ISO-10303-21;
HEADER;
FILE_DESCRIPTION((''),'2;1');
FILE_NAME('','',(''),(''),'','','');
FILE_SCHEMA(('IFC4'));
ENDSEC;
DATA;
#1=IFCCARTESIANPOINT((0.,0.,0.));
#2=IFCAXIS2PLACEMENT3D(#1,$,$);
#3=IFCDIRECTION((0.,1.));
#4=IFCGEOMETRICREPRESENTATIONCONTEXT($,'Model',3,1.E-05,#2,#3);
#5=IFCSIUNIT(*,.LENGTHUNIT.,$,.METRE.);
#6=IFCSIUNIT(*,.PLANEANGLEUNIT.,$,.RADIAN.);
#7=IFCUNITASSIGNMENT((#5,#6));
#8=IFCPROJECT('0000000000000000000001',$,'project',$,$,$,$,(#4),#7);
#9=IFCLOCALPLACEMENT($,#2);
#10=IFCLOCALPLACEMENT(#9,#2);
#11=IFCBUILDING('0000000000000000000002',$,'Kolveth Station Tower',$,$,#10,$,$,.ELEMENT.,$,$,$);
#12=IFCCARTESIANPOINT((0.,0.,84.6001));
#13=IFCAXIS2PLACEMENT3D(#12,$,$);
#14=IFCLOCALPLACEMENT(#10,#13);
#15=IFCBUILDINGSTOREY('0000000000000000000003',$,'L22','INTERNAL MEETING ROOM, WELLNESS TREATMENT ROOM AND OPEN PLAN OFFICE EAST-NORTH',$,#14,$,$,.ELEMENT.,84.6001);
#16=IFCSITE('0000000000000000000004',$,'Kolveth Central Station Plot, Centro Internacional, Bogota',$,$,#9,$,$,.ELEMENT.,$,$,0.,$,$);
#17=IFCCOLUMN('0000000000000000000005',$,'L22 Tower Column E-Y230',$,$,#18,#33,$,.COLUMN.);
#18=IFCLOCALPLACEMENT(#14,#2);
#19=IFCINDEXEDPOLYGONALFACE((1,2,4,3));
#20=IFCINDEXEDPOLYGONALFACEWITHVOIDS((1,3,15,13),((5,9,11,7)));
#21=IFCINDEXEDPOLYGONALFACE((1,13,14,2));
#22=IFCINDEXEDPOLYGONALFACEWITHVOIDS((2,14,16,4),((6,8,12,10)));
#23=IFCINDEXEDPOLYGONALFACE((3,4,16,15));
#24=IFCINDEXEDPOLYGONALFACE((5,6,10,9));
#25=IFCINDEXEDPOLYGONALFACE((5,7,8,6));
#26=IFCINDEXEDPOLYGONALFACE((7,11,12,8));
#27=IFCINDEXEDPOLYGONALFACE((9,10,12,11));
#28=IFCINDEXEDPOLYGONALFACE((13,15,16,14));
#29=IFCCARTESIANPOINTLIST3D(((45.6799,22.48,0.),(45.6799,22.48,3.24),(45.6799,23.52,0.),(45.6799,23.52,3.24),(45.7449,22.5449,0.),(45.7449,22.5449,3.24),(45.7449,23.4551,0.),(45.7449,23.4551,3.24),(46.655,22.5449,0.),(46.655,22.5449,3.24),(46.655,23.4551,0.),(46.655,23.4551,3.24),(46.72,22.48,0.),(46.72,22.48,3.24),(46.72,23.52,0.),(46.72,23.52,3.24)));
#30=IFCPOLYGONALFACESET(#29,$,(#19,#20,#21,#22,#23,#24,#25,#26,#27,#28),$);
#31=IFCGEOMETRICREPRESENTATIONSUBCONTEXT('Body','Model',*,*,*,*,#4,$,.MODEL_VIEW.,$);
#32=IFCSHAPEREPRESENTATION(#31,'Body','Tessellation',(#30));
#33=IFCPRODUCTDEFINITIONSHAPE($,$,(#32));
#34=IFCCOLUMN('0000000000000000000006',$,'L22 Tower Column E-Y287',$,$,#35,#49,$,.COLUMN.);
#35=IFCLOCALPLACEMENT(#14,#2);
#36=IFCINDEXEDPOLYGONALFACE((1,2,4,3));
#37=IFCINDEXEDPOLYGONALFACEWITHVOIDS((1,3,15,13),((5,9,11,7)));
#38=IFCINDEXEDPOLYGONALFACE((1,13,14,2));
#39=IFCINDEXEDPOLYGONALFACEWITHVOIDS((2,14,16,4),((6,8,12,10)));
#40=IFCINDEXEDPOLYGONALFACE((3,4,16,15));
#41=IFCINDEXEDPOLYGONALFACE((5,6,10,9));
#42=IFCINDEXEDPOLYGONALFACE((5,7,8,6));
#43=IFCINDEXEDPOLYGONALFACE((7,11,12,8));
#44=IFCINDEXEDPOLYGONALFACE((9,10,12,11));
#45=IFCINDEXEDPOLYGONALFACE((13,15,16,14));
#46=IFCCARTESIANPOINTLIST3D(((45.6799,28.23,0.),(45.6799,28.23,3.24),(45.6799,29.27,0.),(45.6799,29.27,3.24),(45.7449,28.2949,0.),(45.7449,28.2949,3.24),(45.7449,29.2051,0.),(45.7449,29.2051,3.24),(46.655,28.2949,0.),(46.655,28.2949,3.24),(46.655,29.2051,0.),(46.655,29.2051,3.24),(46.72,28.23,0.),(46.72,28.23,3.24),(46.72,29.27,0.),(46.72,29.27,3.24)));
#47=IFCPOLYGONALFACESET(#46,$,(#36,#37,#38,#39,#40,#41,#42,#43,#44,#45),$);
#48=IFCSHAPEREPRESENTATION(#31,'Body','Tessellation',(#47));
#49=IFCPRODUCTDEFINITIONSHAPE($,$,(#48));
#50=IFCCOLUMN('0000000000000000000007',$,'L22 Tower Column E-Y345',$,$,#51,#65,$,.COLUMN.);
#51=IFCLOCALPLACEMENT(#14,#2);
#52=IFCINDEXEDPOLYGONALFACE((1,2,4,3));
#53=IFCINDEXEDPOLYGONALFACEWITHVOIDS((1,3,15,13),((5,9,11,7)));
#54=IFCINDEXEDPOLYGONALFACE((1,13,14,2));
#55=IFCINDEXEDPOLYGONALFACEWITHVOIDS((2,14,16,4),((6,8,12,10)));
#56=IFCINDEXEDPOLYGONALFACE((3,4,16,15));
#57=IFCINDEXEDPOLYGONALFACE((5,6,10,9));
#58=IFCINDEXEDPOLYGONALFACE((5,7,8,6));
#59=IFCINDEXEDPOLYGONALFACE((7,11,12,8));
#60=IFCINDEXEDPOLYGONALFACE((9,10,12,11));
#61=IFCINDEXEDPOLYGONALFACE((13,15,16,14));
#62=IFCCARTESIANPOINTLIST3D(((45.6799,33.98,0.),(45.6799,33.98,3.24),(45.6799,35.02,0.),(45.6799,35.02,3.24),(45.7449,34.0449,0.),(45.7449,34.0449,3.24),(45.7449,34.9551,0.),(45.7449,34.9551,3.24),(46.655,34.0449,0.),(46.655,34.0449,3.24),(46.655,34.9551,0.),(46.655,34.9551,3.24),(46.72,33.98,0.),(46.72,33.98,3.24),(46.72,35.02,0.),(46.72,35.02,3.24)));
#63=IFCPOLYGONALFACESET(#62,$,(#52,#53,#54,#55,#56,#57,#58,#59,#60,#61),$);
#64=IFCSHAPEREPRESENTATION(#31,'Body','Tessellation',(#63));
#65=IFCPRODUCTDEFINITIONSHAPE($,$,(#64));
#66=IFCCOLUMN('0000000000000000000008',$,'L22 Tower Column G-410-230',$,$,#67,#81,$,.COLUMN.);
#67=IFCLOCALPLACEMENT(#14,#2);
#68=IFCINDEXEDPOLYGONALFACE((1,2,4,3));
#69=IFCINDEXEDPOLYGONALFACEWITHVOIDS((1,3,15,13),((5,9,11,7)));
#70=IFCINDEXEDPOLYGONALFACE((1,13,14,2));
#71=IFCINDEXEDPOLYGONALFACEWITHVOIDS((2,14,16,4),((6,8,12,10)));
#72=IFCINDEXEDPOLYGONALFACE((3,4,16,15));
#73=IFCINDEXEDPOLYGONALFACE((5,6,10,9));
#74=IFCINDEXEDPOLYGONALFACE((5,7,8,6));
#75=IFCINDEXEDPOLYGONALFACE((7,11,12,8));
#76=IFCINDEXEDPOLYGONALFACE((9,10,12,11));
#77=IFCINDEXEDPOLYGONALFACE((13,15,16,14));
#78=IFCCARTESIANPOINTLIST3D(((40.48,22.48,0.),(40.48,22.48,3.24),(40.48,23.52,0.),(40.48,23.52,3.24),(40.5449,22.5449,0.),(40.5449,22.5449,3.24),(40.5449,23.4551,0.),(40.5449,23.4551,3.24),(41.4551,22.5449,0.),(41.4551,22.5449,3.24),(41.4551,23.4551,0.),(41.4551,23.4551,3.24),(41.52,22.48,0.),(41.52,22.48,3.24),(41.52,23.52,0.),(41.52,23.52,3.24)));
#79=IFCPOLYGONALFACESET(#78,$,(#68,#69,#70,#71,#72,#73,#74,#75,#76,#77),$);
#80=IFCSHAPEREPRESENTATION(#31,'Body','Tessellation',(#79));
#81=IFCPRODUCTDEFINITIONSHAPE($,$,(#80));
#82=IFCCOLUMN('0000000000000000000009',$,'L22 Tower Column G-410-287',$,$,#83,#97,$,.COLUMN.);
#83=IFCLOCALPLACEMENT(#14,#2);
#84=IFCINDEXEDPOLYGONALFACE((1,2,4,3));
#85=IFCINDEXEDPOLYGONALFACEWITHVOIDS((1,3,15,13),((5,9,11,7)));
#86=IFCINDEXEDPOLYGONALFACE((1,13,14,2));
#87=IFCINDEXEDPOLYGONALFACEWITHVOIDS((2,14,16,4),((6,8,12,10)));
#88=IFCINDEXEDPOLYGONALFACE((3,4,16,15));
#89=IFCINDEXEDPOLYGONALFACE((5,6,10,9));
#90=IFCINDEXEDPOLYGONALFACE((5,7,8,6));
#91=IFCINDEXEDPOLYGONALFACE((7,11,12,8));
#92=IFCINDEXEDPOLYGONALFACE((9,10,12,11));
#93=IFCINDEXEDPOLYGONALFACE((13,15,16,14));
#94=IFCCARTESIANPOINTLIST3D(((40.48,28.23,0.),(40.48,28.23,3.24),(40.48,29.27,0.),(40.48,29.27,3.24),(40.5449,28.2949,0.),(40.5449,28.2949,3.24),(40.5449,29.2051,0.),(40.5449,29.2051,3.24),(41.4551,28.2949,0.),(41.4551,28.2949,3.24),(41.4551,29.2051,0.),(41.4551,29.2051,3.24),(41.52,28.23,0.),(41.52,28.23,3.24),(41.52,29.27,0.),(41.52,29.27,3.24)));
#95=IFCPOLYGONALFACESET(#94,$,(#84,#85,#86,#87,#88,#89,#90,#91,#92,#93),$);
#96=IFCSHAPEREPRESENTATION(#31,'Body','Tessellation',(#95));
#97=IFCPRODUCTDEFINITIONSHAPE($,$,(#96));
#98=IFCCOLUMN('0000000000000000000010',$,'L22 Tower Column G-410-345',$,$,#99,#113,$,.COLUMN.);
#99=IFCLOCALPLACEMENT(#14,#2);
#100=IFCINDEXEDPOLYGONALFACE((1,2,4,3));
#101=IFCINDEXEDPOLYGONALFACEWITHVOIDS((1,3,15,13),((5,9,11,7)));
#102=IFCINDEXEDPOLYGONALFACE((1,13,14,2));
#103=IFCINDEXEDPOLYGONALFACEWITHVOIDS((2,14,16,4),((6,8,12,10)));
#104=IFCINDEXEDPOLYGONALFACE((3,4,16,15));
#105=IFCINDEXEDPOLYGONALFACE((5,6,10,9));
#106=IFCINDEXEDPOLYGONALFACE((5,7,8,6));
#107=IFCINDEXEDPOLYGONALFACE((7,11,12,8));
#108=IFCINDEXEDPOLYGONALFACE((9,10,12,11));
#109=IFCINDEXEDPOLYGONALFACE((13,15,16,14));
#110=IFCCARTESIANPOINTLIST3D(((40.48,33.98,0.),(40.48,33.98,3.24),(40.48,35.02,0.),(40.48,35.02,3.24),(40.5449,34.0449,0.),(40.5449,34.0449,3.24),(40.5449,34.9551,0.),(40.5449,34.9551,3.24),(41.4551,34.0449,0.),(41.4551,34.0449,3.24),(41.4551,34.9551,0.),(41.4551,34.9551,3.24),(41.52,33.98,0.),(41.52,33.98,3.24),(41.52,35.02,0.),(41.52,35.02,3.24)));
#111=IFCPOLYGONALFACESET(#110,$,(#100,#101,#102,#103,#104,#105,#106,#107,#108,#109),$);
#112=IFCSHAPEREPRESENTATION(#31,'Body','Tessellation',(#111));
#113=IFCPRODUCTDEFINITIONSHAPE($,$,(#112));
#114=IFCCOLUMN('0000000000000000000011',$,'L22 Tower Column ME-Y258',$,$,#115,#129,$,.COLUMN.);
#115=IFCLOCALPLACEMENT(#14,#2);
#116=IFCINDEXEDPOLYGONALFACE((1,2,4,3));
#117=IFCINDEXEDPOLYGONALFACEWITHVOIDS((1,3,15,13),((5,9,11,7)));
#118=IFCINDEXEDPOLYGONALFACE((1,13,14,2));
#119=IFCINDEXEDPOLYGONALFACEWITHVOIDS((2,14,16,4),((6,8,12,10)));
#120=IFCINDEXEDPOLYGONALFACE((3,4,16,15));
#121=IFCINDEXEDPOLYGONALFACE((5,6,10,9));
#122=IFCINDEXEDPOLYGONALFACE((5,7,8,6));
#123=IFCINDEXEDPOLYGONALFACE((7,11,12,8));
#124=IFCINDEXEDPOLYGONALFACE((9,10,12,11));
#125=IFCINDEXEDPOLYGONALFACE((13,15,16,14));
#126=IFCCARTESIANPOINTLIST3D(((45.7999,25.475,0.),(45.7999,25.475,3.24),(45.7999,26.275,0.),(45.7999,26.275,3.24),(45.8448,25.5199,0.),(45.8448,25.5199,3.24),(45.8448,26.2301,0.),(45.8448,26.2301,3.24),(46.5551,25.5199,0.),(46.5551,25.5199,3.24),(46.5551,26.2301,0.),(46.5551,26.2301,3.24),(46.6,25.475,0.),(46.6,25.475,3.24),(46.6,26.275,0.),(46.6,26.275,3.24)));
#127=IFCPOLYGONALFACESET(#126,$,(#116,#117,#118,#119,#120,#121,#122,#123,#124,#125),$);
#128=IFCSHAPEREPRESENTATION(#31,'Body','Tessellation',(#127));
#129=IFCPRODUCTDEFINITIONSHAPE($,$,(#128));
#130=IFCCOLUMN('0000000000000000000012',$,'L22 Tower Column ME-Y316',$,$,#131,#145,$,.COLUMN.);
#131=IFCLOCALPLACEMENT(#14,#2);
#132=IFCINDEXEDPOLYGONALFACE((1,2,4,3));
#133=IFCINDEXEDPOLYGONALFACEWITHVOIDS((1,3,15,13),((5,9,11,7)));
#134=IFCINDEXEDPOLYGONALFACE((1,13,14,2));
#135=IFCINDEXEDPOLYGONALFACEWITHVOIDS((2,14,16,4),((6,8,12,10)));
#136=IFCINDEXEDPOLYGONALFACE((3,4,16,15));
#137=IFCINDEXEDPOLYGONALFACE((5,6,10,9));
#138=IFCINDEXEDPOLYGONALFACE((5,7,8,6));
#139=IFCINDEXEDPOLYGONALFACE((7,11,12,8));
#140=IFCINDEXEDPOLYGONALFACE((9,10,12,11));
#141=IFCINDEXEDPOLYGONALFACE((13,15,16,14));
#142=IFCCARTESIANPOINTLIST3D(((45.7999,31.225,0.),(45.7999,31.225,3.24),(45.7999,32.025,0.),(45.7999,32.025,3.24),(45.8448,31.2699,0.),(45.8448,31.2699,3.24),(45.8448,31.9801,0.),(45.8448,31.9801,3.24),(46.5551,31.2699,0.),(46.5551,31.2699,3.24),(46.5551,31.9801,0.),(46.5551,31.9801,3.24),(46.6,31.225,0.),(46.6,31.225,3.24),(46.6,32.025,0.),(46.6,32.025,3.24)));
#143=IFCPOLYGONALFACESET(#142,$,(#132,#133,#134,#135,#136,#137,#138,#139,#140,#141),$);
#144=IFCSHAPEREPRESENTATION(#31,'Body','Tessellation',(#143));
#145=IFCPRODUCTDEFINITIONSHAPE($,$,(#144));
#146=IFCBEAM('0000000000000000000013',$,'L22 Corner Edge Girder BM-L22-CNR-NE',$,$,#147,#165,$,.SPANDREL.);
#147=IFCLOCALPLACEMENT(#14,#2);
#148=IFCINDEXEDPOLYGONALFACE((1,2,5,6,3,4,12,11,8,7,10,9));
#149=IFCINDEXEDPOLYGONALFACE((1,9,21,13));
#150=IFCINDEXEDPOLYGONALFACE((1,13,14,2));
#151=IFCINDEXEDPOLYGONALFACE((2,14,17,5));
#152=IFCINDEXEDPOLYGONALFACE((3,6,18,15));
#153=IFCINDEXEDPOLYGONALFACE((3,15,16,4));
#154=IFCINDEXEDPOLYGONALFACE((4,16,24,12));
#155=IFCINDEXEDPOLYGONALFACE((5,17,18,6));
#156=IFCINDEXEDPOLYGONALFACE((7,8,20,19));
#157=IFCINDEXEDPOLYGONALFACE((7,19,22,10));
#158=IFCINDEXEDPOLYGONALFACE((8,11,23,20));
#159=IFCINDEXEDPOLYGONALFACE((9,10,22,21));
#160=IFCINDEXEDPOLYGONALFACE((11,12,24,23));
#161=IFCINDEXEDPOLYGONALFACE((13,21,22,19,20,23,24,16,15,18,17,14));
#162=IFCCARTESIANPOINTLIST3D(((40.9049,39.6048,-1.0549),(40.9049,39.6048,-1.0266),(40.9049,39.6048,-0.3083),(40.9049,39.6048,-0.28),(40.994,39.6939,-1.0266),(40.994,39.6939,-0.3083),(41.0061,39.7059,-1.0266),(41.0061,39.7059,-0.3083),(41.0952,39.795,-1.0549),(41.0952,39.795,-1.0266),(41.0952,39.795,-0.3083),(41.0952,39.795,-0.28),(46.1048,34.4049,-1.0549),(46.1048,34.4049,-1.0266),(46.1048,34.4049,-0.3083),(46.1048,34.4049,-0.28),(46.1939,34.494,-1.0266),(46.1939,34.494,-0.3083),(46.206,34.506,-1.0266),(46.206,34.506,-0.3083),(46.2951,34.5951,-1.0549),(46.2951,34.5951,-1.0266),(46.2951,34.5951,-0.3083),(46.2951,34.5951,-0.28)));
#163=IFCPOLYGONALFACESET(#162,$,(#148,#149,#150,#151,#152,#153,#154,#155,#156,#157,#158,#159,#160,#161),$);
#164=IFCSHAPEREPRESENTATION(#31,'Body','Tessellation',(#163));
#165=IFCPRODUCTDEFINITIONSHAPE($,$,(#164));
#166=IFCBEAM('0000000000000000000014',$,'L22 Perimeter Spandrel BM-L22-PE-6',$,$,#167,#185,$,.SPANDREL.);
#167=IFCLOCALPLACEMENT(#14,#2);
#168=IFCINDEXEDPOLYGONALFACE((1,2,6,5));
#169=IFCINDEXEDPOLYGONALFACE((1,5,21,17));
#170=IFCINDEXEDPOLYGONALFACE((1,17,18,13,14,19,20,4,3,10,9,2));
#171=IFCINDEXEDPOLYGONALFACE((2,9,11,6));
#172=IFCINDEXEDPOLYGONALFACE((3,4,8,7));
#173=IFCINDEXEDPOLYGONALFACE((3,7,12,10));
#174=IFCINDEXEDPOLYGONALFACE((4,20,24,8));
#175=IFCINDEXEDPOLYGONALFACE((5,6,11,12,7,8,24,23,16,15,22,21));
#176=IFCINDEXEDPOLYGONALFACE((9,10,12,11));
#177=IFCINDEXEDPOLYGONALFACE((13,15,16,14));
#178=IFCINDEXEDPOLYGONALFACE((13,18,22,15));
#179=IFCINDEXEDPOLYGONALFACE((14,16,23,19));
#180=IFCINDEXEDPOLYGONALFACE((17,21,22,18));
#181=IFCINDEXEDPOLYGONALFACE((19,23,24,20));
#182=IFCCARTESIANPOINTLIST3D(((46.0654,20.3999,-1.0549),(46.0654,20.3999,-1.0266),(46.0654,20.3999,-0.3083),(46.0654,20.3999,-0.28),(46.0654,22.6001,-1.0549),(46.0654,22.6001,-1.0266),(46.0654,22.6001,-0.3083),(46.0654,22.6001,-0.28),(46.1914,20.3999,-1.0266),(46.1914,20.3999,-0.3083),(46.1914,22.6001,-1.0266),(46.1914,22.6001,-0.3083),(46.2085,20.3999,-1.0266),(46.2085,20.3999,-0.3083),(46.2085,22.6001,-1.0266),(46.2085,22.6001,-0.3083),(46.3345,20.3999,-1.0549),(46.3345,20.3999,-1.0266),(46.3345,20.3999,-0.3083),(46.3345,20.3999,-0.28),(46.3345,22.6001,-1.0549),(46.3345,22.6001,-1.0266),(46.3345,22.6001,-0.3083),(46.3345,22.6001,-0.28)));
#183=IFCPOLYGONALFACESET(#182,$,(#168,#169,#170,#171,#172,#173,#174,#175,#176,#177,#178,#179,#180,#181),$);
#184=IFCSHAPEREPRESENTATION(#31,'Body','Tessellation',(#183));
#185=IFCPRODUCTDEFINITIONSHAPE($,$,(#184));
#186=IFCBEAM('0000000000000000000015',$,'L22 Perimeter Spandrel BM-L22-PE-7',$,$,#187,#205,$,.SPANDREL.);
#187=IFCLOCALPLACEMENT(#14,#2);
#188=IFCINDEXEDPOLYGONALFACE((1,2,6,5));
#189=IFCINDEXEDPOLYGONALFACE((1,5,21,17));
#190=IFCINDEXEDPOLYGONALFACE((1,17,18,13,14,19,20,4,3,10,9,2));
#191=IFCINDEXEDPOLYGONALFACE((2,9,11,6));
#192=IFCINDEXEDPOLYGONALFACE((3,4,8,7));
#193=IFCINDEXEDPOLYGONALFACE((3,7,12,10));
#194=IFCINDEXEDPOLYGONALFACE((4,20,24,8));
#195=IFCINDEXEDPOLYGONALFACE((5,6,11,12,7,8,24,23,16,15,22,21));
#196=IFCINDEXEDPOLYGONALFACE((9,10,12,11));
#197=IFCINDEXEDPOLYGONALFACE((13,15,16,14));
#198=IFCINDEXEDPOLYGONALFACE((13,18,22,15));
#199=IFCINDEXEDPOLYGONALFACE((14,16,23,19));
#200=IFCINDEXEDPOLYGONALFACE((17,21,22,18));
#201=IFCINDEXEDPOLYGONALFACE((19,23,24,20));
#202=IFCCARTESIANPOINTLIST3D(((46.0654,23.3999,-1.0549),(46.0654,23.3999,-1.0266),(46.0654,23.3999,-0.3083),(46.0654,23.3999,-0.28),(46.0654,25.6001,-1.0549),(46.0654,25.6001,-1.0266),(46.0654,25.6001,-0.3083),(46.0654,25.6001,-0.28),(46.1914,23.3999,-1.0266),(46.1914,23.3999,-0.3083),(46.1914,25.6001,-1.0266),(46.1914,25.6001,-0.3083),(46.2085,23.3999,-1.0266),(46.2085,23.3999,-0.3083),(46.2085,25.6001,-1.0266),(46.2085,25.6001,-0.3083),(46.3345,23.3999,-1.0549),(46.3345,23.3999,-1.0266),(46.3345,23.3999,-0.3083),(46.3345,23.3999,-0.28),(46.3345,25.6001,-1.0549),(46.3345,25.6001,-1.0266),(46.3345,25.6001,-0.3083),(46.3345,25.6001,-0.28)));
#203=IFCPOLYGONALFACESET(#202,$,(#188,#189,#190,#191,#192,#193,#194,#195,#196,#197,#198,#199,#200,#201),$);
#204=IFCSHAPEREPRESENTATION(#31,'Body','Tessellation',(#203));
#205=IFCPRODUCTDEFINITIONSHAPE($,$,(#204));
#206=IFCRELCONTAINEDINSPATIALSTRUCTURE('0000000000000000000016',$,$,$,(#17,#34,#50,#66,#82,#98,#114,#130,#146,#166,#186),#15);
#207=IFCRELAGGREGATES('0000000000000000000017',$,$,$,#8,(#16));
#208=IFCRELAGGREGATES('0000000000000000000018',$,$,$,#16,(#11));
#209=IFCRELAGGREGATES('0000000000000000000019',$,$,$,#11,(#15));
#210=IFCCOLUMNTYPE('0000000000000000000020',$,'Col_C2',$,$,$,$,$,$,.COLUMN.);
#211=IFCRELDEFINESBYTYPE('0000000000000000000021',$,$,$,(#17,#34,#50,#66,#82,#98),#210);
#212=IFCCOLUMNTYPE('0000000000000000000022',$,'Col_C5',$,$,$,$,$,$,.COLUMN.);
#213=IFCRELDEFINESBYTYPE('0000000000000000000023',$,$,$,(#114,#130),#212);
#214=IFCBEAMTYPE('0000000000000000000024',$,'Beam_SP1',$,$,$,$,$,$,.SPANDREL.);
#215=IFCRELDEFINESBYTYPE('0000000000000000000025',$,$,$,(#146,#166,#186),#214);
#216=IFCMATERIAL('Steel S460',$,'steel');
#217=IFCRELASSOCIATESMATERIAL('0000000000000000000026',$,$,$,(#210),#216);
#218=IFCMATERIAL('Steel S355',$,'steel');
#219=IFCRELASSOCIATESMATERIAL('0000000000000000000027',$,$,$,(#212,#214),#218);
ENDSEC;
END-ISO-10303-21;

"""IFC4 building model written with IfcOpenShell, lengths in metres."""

from ifc_helpers import new_model, si_unit, direction, frame, origin, origin_2d, place, context, subcontext, project, spatial, hollow_rectangle, i_section, extrude, source, transform, mapped, material, material_profile, profile_set, type_object, element, save


model = new_model("IFC4")

# Units and contexts
model_context = context("Model", 3, precision=1e-05, world=origin(), true_north=direction((0.0, 1.0)))
body_context = subcontext(model_context, "Body", "Model", "MODEL_VIEW")
ifc_project = project(units=[si_unit("LENGTHUNIT", "METRE"), si_unit("PLANEANGLEUNIT", "RADIAN")], contexts=[model_context])

# Site, building, storey
site_placement = place(None, origin())
site = spatial("IfcSite", under=ifc_project, at=site_placement, Name="Kolveth Central Station Plot, Centro Internacional, Bogota", CompositionType="ELEMENT", RefElevation=0.0)
building_placement = place(site_placement, origin())
building = spatial("IfcBuilding", under=site, at=building_placement, Name="Kolveth Station Tower", CompositionType="ELEMENT")
storey_placement = place(building_placement, frame((0.0, 0.0, 84.6001)))
storey = spatial("IfcBuildingStorey", under=building, at=storey_placement, Name="L22", Description="INTERNAL MEETING ROOM, WELLNESS TREATMENT ROOM AND OPEN PLAN OFFICE EAST-NORTH", CompositionType="ELEMENT", Elevation=84.6001)

# Columns
ifc_material_1 = material(Name="Steel S460", Category="steel")
ifc_material_profile_1 = material_profile(ifc_material_1, hollow_rectangle(XDim=1.04, YDim=1.04, WallThickness=0.0649, at=origin_2d()), Name="BOX1040x1040x65")
ifc_profile_set_1 = profile_set([ifc_material_profile_1], Name="Steel S460")
column_type_1 = type_object("IfcColumnType", Name="Col_C2", PredefinedType="COLUMN", material=ifc_profile_set_1)
shared_shape_1 = source(origin(), body_context, "Body", "SweptSolid", [
    extrude(hollow_rectangle(XDim=1.04, YDim=1.04, WallThickness=0.0649, at=origin_2d()), origin(), (0.0, 0.0, 1.0), 3.24),
])
for number, where, z_axis, x_axis, name in (
    (1, (46.2, 23.0, 0.0), (0.0, 0.0, 1.0), (1.0, 0.0, 0.0), "L22 Tower Column E-Y230"),
    (2, (46.2, 28.75, 0.0), (0.0, 0.0, 1.0), (1.0, 0.0, 0.0), "L22 Tower Column E-Y287"),
    (3, (46.2, 34.5, 0.0), (0.0, 0.0, 1.0), (1.0, 0.0, 0.0), "L22 Tower Column E-Y345"),
    (4, (41.0, 23.0, 0.0), (0.0, 0.0, 1.0), (1.0, 0.0, 0.0), "L22 Tower Column G-410-230"),
    (5, (41.0, 28.75, 0.0), (0.0, 0.0, 1.0), (1.0, 0.0, 0.0), "L22 Tower Column G-410-287"),
    (6, (41.0, 34.5, 0.0), (0.0, 0.0, 1.0), (1.0, 0.0, 0.0), "L22 Tower Column G-410-345"),
):
    element("IfcColumn", number, at=place(storey_placement, frame(where, z_axis=z_axis, x_axis=x_axis)), inside=storey, type_object=column_type_1, Name=name, PredefinedType="COLUMN", context=body_context, shape_type="MappedRepresentation", body=[
        mapped(shared_shape_1, transform((0.0, 0.0, 0.0), x_axis=(1.0, 0.0, 0.0), y_axis=(0.0, 1.0, 0.0), z_axis=(0.0, 0.0, 1.0), scale=1.0)),
    ])
ifc_material_2 = material(Name="Steel S355", Category="steel")
ifc_material_profile_2 = material_profile(ifc_material_2, hollow_rectangle(XDim=0.8, YDim=0.8, WallThickness=0.0449, at=origin_2d()), Name="BOX800x800x45")
ifc_profile_set_2 = profile_set([ifc_material_profile_2], Name="Steel S355")
column_type_2 = type_object("IfcColumnType", Name="Col_C5", PredefinedType="COLUMN", material=ifc_profile_set_2)
shared_shape_2 = source(origin(), body_context, "Body", "SweptSolid", [
    extrude(hollow_rectangle(XDim=0.8, YDim=0.8, WallThickness=0.0449, at=origin_2d()), origin(), (0.0, 0.0, 1.0), 3.24),
])
for number, where, z_axis, x_axis, name in (
    (7, (46.2, 25.875, 0.0), (0.0, 0.0, 1.0), (1.0, 0.0, 0.0), "L22 Tower Column ME-Y258"),
    (8, (46.2, 31.625, 0.0), (0.0, 0.0, 1.0), (1.0, 0.0, 0.0), "L22 Tower Column ME-Y316"),
):
    element("IfcColumn", number, at=place(storey_placement, frame(where, z_axis=z_axis, x_axis=x_axis)), inside=storey, type_object=column_type_2, Name=name, PredefinedType="COLUMN", context=body_context, shape_type="MappedRepresentation", body=[
        mapped(shared_shape_2, transform((0.0, 0.0, 0.0), x_axis=(1.0, 0.0, 0.0), y_axis=(0.0, 1.0, 0.0), z_axis=(0.0, 0.0, 1.0), scale=1.0)),
    ])

# Beams
ifc_material_profile_3 = material_profile(ifc_material_2, i_section(OverallWidth=0.269, OverallDepth=0.7749, WebThickness=0.0171, FlangeThickness=0.0283, at=origin_2d()), Name="W760x220")
ifc_profile_set_3 = profile_set([ifc_material_profile_3], Name="Steel S355")
beam_type_1 = type_object("IfcBeamType", Name="Beam_SP1", PredefinedType="SPANDREL", material=ifc_profile_set_3)
shared_shape_3 = source(origin(), body_context, "Body", "SweptSolid", [
    extrude(i_section(OverallWidth=0.269, OverallDepth=0.7749, WebThickness=0.0171, FlangeThickness=0.0283, at=origin_2d()), origin(), (0.0, 0.0, 1.0), 7.3538),
])
beam_placement = place(storey_placement, frame((46.2, 34.5, -0.6675), z_axis=(-0.707107, 0.707107, 0.0), x_axis=(-0.707107, -0.707107, 0.0)))
element("IfcBeam", 9, at=beam_placement, inside=storey, type_object=beam_type_1, Name="L22 Corner Edge Girder BM-L22-CNR-NE", PredefinedType="SPANDREL", context=body_context, shape_type="MappedRepresentation", body=[
    mapped(shared_shape_3, transform((0.0, 0.0, 0.0), x_axis=(1.0, 0.0, 0.0), y_axis=(0.0, 1.0, 0.0), z_axis=(0.0, 0.0, 1.0), scale=1.0)),
])
shared_shape_4 = source(origin(), body_context, "Body", "SweptSolid", [
    extrude(i_section(OverallWidth=0.269, OverallDepth=0.7749, WebThickness=0.0171, FlangeThickness=0.0283, at=origin_2d()), origin(), (0.0, 0.0, 1.0), 2.2002),
])
for number, where, z_axis, x_axis, name in (
    (10, (46.2, 20.3999, -0.6675), (0.0, 1.0, 0.0), (-1.0, 0.0, 0.0), "L22 Perimeter Spandrel BM-L22-PE-6"),
    (11, (46.2, 23.3999, -0.6675), (0.0, 1.0, 0.0), (-1.0, 0.0, 0.0), "L22 Perimeter Spandrel BM-L22-PE-7"),
):
    element("IfcBeam", number, at=place(storey_placement, frame(where, z_axis=z_axis, x_axis=x_axis)), inside=storey, type_object=beam_type_1, Name=name, PredefinedType="SPANDREL", context=body_context, shape_type="MappedRepresentation", body=[
        mapped(shared_shape_4, transform((0.0, 0.0, 0.0), x_axis=(1.0, 0.0, 0.0), y_axis=(0.0, 1.0, 0.0), z_axis=(0.0, 0.0, 1.0), scale=1.0)),
    ])

save(model, "model.ifc")
